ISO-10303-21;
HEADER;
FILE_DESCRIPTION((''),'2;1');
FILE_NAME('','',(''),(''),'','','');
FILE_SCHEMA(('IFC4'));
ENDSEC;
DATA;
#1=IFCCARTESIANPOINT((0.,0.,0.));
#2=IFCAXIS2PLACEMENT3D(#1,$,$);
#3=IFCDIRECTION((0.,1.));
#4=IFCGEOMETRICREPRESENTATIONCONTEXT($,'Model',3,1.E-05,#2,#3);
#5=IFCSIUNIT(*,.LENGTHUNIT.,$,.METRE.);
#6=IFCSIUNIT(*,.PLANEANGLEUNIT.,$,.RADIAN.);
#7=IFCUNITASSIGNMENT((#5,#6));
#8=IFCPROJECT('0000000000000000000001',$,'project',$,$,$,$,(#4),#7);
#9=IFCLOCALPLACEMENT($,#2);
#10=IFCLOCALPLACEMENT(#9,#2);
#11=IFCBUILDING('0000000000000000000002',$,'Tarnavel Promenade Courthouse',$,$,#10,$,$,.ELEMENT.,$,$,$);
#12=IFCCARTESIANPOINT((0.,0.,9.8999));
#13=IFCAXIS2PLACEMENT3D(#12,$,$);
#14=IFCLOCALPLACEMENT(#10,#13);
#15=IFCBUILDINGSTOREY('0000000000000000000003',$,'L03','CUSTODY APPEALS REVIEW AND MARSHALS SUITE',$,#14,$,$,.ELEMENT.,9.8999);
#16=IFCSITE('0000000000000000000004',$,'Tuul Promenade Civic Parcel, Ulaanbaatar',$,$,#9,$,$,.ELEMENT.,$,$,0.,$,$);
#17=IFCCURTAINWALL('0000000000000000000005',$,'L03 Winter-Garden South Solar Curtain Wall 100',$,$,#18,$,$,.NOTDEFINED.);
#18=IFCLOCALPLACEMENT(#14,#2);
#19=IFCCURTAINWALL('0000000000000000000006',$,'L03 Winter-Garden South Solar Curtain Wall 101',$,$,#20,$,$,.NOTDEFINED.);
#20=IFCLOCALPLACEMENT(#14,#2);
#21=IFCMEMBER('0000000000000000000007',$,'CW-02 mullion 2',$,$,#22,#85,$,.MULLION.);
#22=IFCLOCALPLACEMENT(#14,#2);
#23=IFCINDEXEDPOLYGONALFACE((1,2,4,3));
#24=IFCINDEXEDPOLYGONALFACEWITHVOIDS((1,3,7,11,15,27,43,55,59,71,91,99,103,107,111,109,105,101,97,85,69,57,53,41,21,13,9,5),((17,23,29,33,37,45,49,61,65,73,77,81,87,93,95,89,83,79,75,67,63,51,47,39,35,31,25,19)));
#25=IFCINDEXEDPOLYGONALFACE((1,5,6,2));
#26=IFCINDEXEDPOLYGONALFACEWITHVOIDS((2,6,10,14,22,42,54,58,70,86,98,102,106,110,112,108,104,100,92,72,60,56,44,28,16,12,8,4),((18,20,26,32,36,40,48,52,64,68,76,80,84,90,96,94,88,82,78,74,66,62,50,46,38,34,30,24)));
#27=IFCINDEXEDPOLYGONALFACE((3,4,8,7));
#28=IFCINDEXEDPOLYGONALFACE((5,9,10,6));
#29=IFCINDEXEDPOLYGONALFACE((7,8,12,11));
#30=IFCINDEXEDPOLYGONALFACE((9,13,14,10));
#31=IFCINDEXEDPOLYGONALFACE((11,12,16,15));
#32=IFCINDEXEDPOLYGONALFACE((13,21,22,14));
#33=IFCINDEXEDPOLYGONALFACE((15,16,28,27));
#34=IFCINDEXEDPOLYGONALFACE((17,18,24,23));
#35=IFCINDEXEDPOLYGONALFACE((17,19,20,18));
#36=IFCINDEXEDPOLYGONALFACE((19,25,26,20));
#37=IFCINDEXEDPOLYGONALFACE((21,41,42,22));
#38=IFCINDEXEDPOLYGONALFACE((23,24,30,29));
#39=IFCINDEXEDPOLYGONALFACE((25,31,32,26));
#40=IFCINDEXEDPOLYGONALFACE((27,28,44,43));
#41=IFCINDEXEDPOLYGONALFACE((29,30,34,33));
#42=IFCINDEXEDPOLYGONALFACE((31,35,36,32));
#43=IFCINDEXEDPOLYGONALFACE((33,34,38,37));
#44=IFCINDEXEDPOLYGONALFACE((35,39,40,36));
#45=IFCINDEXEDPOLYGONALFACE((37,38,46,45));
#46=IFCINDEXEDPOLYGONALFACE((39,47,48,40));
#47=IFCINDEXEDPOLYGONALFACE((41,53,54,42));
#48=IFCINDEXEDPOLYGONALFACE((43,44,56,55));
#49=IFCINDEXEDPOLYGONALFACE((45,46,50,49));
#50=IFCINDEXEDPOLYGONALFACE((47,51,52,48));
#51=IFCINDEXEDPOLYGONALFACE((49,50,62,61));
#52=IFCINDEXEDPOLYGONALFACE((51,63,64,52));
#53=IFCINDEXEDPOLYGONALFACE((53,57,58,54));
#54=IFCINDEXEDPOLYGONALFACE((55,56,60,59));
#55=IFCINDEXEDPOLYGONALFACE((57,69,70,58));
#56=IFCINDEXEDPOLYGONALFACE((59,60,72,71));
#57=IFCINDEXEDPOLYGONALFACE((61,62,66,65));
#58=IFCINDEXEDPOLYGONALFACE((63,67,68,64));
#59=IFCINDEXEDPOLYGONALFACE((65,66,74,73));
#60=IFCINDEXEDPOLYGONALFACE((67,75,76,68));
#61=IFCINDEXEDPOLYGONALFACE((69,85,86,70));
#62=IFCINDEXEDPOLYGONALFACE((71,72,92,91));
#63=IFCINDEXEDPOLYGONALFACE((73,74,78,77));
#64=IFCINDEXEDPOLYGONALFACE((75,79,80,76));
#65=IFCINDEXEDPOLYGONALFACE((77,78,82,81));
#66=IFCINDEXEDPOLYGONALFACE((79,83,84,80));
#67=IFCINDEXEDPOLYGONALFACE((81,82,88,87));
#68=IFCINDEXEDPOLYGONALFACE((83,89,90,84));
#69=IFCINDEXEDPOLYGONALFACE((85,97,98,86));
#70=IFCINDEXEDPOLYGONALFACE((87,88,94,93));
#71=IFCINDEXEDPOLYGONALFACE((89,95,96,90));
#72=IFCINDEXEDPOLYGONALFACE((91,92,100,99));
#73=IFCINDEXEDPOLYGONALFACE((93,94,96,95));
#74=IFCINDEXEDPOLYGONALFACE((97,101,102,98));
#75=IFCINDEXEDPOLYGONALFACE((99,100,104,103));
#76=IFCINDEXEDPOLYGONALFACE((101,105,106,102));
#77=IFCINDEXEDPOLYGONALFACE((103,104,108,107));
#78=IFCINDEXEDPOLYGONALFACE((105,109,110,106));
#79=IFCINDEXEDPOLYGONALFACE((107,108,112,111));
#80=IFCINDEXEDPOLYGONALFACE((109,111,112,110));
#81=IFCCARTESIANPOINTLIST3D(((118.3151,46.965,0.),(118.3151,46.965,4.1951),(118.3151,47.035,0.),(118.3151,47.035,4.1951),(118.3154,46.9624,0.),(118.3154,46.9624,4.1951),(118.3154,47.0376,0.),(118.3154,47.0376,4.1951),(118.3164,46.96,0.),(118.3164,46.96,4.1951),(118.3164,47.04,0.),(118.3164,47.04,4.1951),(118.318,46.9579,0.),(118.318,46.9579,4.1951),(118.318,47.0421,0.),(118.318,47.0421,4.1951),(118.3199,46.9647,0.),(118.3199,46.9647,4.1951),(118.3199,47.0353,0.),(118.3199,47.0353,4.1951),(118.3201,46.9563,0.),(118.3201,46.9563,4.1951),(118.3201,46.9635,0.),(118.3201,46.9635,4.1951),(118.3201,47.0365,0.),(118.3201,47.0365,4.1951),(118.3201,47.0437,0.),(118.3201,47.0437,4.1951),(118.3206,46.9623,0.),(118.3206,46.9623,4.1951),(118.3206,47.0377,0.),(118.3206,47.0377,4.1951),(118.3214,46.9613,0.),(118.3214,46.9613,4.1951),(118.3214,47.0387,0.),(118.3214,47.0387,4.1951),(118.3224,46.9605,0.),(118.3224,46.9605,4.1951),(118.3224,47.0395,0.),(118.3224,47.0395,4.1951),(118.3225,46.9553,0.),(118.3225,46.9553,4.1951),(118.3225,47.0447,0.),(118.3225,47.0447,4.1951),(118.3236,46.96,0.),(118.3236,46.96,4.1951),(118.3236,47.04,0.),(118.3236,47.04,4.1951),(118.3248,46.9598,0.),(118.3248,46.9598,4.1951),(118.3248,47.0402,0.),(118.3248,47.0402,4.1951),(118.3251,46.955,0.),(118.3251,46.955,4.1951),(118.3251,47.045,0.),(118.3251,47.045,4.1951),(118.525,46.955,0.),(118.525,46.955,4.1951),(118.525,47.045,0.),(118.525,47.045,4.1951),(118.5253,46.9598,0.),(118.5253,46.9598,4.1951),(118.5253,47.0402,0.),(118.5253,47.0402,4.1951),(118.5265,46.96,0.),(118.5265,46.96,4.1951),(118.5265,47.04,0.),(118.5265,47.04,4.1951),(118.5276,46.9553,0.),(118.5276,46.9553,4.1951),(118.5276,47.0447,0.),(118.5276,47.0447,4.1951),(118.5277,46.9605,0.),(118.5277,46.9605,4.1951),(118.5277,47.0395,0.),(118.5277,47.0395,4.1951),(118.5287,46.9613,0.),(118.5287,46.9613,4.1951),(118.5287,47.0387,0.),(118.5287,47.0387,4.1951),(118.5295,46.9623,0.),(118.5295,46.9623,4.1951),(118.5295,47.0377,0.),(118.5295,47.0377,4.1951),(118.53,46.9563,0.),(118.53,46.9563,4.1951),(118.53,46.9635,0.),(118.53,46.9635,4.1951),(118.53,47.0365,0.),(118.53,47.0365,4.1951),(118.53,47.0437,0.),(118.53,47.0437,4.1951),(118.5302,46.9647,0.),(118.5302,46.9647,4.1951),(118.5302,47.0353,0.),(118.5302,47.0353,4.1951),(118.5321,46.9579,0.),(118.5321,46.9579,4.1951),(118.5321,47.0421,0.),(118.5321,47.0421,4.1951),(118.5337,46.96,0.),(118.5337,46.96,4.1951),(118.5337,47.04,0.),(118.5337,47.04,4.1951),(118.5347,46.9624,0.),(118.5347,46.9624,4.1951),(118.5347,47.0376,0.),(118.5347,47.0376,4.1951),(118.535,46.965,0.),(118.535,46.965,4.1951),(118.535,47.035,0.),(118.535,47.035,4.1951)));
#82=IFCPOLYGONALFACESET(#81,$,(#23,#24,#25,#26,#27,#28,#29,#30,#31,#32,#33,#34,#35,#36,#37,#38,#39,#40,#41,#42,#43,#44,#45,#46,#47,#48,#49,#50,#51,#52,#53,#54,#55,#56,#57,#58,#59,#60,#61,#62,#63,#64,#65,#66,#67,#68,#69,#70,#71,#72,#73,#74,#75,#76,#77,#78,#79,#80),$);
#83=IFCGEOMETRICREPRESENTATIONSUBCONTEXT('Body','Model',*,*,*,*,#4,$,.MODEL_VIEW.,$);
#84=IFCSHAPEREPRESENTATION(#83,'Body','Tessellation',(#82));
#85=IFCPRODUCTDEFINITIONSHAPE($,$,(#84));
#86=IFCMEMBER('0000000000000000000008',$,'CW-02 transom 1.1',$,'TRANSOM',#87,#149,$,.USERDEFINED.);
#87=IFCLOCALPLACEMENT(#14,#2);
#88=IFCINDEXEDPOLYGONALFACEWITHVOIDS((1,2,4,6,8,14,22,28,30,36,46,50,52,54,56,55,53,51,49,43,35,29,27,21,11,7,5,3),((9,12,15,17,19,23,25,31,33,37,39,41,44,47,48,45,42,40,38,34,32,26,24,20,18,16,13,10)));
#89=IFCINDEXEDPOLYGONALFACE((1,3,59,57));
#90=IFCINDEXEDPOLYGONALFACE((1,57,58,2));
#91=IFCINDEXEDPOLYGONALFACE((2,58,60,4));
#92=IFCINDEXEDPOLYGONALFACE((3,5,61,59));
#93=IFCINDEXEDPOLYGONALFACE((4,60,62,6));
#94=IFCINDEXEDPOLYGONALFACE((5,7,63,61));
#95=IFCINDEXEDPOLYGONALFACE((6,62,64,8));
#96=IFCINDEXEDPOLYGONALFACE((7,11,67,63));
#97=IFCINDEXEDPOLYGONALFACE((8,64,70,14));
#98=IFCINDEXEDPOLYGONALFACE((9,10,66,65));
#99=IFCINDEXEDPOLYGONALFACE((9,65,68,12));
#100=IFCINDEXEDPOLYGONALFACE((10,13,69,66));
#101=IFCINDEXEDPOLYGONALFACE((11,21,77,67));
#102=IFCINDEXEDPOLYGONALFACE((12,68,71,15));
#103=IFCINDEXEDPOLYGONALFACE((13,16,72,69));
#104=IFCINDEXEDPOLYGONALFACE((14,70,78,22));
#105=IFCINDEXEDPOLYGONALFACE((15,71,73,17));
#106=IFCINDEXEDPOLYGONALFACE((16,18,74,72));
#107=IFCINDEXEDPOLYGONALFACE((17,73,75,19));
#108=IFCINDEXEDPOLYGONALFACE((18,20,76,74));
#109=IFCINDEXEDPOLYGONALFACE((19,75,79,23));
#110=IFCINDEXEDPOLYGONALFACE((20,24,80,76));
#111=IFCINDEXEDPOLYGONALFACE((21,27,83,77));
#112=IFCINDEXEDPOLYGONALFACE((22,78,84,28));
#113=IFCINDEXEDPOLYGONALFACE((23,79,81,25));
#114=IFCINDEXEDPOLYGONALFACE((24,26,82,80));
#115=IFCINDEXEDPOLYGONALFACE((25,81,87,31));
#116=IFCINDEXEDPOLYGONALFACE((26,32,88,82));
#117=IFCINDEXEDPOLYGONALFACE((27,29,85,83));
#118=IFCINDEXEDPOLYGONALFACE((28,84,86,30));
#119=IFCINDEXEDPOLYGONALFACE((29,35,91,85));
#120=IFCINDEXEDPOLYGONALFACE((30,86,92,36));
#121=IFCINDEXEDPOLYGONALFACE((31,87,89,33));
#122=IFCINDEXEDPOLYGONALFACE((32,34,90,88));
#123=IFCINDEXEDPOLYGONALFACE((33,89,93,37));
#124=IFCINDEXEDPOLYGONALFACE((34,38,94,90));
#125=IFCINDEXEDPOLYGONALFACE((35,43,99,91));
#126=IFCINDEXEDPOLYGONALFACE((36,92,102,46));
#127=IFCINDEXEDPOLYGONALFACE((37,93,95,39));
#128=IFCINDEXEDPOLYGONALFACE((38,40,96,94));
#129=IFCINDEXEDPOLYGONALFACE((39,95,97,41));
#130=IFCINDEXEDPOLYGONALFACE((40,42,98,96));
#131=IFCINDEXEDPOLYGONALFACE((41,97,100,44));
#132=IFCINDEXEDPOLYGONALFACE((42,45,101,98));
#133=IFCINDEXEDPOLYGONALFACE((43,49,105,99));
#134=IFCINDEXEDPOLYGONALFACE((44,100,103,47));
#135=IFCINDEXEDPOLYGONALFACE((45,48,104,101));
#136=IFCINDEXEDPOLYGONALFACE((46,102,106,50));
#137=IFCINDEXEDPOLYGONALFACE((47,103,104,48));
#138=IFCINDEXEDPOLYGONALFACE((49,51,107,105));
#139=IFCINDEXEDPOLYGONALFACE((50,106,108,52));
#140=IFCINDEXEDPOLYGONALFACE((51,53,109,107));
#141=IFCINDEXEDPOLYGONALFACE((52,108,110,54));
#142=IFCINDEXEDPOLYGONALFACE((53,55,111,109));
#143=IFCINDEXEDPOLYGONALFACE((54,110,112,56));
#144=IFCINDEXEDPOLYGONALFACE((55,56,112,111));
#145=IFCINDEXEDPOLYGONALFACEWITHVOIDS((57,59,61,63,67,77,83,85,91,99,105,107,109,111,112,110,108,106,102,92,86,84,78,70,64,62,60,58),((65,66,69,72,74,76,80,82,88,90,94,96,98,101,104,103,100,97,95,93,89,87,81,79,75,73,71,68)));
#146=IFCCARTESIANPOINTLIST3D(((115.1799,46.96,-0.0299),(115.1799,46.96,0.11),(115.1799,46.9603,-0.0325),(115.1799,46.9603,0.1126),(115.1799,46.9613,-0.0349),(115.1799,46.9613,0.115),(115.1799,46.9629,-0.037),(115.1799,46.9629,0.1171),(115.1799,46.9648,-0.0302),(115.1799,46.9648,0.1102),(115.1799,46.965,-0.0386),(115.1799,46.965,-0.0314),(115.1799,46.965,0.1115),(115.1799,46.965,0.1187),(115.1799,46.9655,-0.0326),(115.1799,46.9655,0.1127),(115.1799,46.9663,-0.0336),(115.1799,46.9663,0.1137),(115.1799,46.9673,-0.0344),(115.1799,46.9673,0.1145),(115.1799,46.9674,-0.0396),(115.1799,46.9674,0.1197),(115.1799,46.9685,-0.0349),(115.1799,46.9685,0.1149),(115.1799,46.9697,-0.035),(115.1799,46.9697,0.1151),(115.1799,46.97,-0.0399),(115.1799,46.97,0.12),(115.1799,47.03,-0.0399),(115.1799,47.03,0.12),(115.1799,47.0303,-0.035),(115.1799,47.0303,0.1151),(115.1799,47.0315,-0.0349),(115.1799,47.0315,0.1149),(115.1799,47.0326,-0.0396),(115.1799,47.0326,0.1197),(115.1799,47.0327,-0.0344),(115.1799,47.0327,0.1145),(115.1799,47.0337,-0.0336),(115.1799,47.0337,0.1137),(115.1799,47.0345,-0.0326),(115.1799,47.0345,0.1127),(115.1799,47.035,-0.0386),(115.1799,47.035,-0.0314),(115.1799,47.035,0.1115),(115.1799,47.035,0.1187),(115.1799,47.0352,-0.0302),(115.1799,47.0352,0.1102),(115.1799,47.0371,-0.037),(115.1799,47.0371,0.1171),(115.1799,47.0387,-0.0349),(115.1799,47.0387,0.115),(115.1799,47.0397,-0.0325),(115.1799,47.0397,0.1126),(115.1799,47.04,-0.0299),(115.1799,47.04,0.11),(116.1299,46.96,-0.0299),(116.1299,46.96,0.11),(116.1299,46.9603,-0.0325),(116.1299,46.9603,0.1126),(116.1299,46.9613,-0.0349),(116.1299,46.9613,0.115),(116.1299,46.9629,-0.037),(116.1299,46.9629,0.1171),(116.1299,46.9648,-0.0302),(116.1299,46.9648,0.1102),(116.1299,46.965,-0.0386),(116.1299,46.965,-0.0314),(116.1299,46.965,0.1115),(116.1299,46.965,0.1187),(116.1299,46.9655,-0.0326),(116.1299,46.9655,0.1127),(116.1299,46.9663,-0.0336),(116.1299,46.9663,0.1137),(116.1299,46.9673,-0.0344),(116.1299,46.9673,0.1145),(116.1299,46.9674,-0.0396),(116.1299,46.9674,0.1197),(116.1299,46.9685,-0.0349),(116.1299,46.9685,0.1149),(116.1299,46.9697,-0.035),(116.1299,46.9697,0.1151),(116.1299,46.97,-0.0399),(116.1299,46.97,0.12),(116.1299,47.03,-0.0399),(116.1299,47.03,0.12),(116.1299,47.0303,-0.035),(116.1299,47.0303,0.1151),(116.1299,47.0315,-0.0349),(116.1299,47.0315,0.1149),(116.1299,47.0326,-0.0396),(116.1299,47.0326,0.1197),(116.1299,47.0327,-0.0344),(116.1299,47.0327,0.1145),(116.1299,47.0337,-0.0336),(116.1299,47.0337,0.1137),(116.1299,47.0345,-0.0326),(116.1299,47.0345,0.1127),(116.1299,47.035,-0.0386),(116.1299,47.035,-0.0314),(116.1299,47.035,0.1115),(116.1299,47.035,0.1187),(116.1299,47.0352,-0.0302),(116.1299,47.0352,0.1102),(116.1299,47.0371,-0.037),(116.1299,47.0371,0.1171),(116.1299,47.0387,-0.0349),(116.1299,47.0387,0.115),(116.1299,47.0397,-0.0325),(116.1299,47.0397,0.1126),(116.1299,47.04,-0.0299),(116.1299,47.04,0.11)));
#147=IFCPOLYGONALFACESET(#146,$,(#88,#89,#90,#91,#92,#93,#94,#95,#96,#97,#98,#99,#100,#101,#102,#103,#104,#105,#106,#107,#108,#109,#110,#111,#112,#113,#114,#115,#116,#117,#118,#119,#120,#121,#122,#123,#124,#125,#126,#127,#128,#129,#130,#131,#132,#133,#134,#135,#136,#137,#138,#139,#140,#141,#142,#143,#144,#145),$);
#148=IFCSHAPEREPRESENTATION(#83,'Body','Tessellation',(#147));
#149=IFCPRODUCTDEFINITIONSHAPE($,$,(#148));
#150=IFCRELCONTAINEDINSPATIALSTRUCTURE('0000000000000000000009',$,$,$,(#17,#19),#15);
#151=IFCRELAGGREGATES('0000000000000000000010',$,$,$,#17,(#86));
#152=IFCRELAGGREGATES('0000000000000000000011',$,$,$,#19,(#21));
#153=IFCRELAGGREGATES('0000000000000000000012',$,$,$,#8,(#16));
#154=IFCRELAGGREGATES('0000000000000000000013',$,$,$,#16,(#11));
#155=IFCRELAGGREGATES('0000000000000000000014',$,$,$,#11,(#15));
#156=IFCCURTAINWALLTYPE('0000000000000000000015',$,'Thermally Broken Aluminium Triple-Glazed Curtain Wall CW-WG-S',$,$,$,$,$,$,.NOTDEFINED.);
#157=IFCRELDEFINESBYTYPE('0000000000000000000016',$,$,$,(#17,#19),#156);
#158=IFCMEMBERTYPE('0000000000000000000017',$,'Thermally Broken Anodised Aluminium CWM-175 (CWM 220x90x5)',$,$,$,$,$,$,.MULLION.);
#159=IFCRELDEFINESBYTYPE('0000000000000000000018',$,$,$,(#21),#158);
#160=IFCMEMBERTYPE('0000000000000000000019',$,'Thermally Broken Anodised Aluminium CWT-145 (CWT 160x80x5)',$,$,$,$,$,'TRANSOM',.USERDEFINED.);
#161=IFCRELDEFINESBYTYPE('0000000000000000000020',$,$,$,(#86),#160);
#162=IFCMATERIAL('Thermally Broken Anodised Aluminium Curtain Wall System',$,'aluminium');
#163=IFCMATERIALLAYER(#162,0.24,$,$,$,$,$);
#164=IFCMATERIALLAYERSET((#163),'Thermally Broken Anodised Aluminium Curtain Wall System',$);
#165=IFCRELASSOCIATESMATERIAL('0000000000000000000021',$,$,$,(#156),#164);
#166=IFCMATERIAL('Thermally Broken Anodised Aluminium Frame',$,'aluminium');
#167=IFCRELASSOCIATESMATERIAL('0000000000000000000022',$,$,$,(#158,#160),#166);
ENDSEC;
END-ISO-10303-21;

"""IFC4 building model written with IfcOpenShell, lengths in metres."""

from ifc_helpers import new_model, si_unit, direction, frame, origin, origin_2d, place, context, subcontext, project, spatial, hollow_rectangle, extrude, material, layer, layer_set, material_profile, profile_set, type_object, element, aggregate, save


model = new_model("IFC4")

# Units and contexts
model_context = context("Model", 3, precision=1e-05, world=origin(), true_north=direction((0.0, 1.0)))
body_context = subcontext(model_context, "Body", "Model", "MODEL_VIEW")
ifc_project = project(units=[si_unit("LENGTHUNIT", "METRE"), si_unit("PLANEANGLEUNIT", "RADIAN")], contexts=[model_context])

# Site, building, storey
site_placement = place(None, origin())
site = spatial("IfcSite", under=ifc_project, at=site_placement, Name="Tuul Promenade Civic Parcel, Ulaanbaatar", CompositionType="ELEMENT", RefElevation=0.0)
building_placement = place(site_placement, origin())
building = spatial("IfcBuilding", under=site, at=building_placement, Name="Tarnavel Promenade Courthouse", CompositionType="ELEMENT")
storey_placement = place(building_placement, frame((0.0, 0.0, 9.8999)))
storey = spatial("IfcBuildingStorey", under=building, at=storey_placement, Name="L03", Description="CUSTODY APPEALS REVIEW AND MARSHALS SUITE", CompositionType="ELEMENT", Elevation=9.8999)

# Curtain walls, member
ifc_material_1 = material(Name="Thermally Broken Anodised Aluminium Curtain Wall System", Category="aluminium")
ifc_layer_1 = layer(ifc_material_1, 0.24)
ifc_layer_set_1 = layer_set([ifc_layer_1], Name="Thermally Broken Anodised Aluminium Curtain Wall System")
curtain_wall_type = type_object("IfcCurtainWallType", Name="Thermally Broken Aluminium Triple-Glazed Curtain Wall CW-WG-S", PredefinedType="NOTDEFINED", material=ifc_layer_set_1)
curtain_wall_1_placement = place(storey_placement, origin())
curtain_wall_1 = element("IfcCurtainWall", 1, at=curtain_wall_1_placement, inside=storey, type_object=curtain_wall_type, Name="L03 Winter-Garden South Solar Curtain Wall 100", PredefinedType="NOTDEFINED")
ifc_material_2 = material(Name="Thermally Broken Anodised Aluminium Frame", Category="aluminium")
ifc_material_profile_1 = material_profile(ifc_material_2, hollow_rectangle(XDim=0.0901, YDim=0.22, WallThickness=0.0049, InnerFilletRadius=0.0049, OuterFilletRadius=0.01, at=origin_2d()), Name="CWM 220x90x5")
ifc_profile_set_1 = profile_set([ifc_material_profile_1], Name="Thermally Broken Anodised Aluminium Frame")
member_type_1 = type_object("IfcMemberType", Name="Thermally Broken Anodised Aluminium CWM-175 (CWM 220x90x5)", PredefinedType="MULLION", material=ifc_profile_set_1)
curtain_wall_2_placement = place(storey_placement, origin())
curtain_wall_2 = element("IfcCurtainWall", 2, at=curtain_wall_2_placement, inside=storey, type_object=curtain_wall_type, Name="L03 Winter-Garden South Solar Curtain Wall 101", PredefinedType="NOTDEFINED")
member_1_placement = place(storey_placement, frame((118.425, 47.0, 0.0), z_axis=(0.0, 0.0, 1.0), x_axis=(0.0, 1.0, 0.0)))
member_1 = element("IfcMember", 3, at=member_1_placement, type_object=member_type_1, Name="CW-02 mullion 2", PredefinedType="MULLION", context=body_context, shape_type="SweptSolid", body=[
    extrude(hollow_rectangle(XDim=0.0901, YDim=0.22, WallThickness=0.0049, InnerFilletRadius=0.0049, OuterFilletRadius=0.01, at=origin_2d()), origin(), (0.0, 0.0, 1.0), 4.1951),
])

# Member
ifc_material_profile_2 = material_profile(ifc_material_2, hollow_rectangle(XDim=0.0801, YDim=0.1599, WallThickness=0.0049, InnerFilletRadius=0.0049, OuterFilletRadius=0.01, at=origin_2d()), Name="CWT 160x80x5")
ifc_profile_set_2 = profile_set([ifc_material_profile_2], Name="Thermally Broken Anodised Aluminium Frame")
member_type_2 = type_object("IfcMemberType", Name="Thermally Broken Anodised Aluminium CWT-145 (CWT 160x80x5)", ElementType="TRANSOM", PredefinedType="USERDEFINED", material=ifc_profile_set_2)
member_2_placement = place(storey_placement, frame((115.1799, 47.0, 0.04), z_axis=(1.0, 0.0, 0.0), x_axis=(0.0, 1.0, 0.0)))
member_2 = element("IfcMember", 4, at=member_2_placement, type_object=member_type_2, Name="CW-02 transom 1.1", ObjectType="TRANSOM", PredefinedType="USERDEFINED", context=body_context, shape_type="SweptSolid", body=[
    extrude(hollow_rectangle(XDim=0.0801, YDim=0.1599, WallThickness=0.0049, InnerFilletRadius=0.0049, OuterFilletRadius=0.01, at=origin_2d()), origin(), (0.0, 0.0, 1.0), 0.95),
])

aggregate(curtain_wall_1, [member_2])
aggregate(curtain_wall_2, [member_1])

save(model, "model.ifc")
